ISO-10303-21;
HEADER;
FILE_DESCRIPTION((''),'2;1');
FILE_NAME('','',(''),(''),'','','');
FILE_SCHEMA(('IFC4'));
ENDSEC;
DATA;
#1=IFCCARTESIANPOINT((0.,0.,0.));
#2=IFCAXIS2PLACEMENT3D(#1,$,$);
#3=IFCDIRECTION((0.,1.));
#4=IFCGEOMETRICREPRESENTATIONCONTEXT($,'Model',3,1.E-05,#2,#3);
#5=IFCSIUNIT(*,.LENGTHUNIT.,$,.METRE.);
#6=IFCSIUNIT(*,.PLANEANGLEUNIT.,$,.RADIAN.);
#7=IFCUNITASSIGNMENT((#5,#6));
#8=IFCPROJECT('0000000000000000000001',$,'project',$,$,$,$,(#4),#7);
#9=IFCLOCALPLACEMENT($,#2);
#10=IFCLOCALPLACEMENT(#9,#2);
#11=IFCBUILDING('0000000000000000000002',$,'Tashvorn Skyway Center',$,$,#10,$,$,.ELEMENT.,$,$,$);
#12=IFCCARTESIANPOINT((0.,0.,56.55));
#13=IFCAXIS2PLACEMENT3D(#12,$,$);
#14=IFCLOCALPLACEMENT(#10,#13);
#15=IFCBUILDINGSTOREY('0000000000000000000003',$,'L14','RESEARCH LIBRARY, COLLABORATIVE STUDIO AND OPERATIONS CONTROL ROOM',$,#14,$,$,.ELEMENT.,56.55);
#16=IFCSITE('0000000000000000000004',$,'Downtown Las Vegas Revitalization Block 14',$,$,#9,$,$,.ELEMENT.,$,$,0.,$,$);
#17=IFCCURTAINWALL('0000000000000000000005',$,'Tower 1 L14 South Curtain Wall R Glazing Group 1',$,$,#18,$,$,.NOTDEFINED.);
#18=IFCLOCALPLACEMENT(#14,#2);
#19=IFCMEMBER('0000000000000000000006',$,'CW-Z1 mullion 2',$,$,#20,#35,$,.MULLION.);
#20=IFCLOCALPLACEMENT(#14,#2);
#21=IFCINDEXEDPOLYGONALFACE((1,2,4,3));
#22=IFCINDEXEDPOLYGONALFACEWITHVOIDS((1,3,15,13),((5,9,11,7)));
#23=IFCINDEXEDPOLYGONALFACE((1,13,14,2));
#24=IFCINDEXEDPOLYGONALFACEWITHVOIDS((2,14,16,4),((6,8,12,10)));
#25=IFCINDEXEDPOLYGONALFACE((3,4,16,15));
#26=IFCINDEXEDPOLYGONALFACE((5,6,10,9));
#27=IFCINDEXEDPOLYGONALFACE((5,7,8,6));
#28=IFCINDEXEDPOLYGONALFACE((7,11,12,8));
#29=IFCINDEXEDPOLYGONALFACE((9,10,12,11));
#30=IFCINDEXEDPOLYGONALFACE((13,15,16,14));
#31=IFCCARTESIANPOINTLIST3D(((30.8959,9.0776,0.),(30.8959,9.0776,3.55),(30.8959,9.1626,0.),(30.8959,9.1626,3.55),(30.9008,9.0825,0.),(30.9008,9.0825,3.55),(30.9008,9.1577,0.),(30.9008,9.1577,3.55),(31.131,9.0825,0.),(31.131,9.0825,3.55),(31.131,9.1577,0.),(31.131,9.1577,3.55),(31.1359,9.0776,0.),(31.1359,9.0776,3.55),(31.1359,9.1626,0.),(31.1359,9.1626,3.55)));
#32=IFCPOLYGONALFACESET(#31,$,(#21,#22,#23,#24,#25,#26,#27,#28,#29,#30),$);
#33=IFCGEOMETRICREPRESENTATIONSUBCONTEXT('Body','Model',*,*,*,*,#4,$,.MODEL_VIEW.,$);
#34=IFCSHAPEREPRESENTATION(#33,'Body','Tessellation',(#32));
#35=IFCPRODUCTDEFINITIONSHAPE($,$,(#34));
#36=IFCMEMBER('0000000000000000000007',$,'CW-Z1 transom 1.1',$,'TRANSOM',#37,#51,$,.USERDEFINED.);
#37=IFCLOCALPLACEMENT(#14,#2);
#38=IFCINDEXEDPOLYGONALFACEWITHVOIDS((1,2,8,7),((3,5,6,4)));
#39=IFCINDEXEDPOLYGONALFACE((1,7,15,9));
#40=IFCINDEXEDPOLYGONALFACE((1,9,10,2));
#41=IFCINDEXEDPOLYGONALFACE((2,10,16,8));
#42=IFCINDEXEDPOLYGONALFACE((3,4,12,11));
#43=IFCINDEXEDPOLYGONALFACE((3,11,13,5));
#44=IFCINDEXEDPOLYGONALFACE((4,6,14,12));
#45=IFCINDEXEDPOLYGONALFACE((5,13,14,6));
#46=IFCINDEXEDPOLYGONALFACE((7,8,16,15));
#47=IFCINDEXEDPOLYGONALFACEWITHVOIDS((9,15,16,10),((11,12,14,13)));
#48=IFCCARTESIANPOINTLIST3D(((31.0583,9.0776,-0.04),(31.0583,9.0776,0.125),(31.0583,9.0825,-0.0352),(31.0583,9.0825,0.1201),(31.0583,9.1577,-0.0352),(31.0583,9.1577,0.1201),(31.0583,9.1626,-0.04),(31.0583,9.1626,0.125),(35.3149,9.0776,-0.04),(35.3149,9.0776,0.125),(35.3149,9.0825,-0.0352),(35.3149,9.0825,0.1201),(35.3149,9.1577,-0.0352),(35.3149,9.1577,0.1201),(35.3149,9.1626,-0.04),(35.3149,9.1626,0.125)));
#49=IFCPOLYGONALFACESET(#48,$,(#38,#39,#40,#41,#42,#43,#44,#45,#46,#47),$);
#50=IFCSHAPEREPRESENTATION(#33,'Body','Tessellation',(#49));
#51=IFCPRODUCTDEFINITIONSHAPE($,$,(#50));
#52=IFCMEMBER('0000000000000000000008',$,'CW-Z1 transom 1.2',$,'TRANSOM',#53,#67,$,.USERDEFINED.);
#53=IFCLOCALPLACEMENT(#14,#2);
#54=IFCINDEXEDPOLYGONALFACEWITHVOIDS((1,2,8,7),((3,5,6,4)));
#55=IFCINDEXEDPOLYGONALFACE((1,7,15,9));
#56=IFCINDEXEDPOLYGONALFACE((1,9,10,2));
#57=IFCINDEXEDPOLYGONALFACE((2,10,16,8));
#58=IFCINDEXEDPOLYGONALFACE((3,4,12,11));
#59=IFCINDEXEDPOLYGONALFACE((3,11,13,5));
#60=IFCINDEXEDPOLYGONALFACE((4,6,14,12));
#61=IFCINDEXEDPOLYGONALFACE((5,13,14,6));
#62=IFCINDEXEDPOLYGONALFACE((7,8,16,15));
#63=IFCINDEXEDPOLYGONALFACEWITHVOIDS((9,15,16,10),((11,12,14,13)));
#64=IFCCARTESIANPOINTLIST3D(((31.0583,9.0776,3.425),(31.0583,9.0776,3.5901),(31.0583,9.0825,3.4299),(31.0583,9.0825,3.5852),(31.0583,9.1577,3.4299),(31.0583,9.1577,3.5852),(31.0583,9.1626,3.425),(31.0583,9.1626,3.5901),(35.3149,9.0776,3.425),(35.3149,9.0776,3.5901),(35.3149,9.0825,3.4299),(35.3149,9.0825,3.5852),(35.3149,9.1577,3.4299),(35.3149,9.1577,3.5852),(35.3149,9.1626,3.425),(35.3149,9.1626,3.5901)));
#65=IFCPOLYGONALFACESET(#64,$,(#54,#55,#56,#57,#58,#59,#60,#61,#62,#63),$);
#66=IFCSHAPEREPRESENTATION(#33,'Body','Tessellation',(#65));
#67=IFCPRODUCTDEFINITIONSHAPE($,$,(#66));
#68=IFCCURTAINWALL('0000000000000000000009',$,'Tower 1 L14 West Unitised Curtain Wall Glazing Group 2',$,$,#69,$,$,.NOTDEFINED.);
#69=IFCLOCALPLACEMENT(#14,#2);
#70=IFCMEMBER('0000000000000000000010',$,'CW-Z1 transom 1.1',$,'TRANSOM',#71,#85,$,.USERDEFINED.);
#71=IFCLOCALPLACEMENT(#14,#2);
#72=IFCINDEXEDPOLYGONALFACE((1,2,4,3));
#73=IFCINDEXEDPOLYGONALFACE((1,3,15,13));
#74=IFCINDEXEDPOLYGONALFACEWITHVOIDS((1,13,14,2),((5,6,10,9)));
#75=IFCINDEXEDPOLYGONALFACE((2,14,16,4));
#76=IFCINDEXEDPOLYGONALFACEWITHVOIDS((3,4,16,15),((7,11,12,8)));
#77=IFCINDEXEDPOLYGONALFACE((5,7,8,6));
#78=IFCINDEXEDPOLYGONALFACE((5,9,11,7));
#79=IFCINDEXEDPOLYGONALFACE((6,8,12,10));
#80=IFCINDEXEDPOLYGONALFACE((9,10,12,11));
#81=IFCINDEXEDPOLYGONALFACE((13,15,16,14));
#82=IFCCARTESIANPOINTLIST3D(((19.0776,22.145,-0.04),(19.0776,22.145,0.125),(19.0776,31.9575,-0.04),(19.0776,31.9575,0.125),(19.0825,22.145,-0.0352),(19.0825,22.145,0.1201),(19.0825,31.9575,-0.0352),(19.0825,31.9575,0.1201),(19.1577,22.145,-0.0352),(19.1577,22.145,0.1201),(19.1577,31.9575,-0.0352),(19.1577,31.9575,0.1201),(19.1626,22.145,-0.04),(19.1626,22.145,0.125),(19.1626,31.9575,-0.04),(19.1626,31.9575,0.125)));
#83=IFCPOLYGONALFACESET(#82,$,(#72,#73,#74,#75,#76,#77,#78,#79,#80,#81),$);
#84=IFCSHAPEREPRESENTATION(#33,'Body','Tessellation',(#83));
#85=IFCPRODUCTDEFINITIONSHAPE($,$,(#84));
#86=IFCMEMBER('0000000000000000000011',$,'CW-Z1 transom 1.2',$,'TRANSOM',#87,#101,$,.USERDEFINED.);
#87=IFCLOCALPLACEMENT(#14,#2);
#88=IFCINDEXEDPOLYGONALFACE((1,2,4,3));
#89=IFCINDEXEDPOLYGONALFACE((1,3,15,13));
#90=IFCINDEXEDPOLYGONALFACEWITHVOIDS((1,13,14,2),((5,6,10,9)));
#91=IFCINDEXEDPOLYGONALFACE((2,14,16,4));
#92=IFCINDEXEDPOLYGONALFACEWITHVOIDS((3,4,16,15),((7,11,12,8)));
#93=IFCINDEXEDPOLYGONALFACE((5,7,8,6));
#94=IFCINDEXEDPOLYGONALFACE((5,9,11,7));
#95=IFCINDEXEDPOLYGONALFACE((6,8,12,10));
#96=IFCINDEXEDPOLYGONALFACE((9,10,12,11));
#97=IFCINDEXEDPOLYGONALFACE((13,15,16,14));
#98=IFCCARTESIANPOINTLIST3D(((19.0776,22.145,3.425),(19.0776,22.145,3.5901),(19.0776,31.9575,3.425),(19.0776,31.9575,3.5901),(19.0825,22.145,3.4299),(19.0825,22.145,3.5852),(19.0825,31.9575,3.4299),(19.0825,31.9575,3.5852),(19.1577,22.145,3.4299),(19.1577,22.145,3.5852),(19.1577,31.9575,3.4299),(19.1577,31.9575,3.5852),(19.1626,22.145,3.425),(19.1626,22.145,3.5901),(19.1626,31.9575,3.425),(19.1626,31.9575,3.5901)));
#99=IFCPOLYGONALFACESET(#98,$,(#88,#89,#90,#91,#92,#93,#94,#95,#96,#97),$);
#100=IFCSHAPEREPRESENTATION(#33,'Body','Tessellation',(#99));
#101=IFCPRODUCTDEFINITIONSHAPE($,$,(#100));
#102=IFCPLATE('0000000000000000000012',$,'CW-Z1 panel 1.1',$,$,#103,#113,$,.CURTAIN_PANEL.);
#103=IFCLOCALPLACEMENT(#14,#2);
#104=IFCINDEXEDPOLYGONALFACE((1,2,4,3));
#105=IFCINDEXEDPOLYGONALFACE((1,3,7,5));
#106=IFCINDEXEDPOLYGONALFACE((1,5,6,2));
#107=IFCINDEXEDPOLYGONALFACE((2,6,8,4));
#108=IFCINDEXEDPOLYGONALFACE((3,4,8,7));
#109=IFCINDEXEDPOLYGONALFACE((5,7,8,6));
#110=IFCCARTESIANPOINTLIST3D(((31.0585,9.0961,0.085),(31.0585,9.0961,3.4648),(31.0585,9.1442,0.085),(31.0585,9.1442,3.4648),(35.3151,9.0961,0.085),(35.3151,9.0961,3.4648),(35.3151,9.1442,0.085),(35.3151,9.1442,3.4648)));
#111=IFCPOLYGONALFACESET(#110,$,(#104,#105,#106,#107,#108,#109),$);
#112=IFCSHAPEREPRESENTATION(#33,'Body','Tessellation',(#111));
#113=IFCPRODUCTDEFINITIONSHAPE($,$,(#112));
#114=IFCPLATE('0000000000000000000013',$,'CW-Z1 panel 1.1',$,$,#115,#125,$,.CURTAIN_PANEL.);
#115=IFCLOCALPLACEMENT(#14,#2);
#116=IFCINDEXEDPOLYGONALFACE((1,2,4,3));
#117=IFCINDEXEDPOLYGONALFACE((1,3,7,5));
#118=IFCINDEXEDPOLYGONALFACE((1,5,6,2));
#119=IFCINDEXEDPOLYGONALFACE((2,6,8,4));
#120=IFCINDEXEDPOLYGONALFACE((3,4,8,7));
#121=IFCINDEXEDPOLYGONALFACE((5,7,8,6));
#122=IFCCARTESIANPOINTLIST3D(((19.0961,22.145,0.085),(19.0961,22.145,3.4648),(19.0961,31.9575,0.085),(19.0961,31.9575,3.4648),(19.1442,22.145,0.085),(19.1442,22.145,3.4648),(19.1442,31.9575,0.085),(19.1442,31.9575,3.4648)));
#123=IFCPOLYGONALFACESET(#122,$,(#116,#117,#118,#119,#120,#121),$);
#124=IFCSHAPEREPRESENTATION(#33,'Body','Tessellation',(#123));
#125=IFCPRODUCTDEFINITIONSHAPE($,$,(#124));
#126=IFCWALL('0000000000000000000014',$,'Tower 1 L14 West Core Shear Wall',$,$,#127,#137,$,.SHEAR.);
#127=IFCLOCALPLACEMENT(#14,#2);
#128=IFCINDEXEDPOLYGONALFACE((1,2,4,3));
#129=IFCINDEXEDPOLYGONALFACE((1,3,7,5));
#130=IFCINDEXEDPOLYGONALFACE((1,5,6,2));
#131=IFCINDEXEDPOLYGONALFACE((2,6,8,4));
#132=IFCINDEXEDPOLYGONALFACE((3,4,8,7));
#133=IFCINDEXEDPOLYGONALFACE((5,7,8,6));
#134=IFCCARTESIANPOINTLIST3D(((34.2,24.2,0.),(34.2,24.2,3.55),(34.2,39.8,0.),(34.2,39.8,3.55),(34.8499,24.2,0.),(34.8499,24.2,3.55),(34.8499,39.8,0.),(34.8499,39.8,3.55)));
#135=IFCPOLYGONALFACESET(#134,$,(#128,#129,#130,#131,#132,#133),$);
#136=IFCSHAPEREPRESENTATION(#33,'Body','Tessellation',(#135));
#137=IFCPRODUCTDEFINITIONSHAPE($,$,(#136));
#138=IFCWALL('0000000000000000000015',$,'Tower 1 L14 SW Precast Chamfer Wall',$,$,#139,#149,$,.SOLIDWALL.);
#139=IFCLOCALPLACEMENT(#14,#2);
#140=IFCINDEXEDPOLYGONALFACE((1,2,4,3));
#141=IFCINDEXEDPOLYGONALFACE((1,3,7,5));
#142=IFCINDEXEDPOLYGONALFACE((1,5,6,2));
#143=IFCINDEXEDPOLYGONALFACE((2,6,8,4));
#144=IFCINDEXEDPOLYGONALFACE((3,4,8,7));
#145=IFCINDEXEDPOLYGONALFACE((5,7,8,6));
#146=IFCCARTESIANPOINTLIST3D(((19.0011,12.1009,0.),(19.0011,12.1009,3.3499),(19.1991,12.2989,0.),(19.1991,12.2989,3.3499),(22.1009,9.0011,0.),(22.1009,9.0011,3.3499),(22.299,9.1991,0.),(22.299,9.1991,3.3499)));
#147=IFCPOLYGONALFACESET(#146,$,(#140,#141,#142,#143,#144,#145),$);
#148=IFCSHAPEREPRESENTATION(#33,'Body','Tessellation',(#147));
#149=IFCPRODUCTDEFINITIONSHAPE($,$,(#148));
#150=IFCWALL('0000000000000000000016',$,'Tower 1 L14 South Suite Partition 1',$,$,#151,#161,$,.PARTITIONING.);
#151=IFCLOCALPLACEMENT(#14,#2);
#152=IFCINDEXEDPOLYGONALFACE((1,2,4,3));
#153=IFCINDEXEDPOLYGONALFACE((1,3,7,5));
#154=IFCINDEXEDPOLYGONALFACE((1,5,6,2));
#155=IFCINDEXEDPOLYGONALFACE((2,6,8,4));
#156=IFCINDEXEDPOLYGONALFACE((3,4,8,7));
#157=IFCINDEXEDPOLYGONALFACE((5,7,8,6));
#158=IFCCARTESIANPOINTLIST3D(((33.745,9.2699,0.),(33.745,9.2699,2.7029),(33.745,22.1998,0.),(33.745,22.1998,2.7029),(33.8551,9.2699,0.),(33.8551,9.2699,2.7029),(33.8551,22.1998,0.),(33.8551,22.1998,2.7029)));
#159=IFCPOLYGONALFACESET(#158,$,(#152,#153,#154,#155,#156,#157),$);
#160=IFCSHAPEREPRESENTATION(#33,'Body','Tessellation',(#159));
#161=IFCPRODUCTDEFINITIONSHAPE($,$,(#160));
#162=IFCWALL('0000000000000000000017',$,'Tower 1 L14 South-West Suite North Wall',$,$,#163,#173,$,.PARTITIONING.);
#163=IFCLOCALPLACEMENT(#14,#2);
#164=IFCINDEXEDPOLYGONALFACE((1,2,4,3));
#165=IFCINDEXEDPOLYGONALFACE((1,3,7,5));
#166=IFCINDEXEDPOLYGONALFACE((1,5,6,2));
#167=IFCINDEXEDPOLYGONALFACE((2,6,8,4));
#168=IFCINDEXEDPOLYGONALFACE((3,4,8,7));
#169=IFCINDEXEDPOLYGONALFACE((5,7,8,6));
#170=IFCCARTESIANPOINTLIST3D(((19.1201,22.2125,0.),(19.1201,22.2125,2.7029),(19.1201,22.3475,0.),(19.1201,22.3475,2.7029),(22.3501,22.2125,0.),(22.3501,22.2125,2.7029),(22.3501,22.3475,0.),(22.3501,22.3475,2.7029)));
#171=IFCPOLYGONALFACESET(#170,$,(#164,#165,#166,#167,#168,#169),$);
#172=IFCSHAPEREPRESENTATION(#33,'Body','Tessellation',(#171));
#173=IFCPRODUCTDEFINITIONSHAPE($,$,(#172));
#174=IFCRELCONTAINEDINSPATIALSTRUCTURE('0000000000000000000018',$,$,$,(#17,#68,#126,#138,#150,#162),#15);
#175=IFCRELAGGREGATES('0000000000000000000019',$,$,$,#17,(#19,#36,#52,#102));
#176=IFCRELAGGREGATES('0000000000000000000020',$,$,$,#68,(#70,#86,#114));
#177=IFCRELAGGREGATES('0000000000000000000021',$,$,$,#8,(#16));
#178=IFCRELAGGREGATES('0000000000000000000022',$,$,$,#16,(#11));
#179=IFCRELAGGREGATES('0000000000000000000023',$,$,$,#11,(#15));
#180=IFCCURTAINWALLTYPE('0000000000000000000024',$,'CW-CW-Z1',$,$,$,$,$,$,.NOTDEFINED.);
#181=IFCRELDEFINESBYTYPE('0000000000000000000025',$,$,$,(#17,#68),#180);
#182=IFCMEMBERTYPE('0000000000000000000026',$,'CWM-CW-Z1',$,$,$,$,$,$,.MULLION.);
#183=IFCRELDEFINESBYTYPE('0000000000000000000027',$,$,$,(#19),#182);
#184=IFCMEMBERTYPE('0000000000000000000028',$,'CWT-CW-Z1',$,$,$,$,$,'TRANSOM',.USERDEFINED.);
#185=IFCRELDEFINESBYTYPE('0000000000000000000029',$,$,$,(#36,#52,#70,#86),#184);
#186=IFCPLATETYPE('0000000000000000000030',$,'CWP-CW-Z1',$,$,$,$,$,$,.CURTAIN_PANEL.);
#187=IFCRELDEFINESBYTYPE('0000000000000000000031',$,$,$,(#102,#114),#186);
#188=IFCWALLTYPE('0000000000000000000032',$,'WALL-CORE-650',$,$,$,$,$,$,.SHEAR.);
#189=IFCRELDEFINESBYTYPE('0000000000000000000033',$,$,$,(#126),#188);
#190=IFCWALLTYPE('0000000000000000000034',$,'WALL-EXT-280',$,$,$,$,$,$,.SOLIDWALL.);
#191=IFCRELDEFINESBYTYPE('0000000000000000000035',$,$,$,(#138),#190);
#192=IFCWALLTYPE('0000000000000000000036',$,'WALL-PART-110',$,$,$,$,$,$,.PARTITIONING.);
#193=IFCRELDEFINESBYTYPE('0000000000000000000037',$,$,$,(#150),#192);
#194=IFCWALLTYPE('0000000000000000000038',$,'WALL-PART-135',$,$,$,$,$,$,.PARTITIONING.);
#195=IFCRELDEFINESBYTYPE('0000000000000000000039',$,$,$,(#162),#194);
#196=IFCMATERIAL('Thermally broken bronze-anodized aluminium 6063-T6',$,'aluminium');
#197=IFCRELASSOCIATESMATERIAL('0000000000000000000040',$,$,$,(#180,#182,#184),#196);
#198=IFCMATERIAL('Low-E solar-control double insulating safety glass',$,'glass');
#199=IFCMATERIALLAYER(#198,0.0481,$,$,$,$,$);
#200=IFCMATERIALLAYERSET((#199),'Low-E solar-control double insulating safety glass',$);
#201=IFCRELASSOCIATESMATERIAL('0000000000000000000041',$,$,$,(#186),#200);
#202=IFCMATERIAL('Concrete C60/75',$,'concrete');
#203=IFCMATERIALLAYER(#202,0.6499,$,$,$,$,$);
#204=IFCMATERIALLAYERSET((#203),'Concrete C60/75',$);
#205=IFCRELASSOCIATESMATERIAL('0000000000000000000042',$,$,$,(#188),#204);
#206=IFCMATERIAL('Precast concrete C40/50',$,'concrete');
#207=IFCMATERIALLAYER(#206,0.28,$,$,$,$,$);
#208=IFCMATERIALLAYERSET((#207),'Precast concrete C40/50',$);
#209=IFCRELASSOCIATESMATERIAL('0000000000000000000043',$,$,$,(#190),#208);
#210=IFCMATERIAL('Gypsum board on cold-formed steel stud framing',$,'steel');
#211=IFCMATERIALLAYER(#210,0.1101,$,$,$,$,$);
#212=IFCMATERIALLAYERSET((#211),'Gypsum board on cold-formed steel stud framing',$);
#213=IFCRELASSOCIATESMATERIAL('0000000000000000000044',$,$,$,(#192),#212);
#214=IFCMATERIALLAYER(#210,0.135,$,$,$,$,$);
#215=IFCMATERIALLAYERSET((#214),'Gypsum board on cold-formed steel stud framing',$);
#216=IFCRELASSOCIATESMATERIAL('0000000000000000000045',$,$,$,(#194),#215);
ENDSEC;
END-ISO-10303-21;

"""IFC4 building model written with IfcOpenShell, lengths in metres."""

from ifc_helpers import new_model, si_unit, direction, frame, frame_2d, origin, origin_2d, place, context, subcontext, project, spatial, rectangle, hollow_rectangle, extrude, material, layer, layer_set, material_profile, profile_set, type_object, element, aggregate, save


model = new_model("IFC4")

# Units and contexts
model_context = context("Model", 3, precision=1e-05, world=origin(), true_north=direction((0.0, 1.0)))
body_context = subcontext(model_context, "Body", "Model", "MODEL_VIEW")
ifc_project = project(units=[si_unit("LENGTHUNIT", "METRE"), si_unit("PLANEANGLEUNIT", "RADIAN")], contexts=[model_context])

# Site, building, storey
site_placement = place(None, origin())
site = spatial("IfcSite", under=ifc_project, at=site_placement, Name="Downtown Las Vegas Revitalization Block 14", CompositionType="ELEMENT", RefElevation=0.0)
building_placement = place(site_placement, origin())
building = spatial("IfcBuilding", under=site, at=building_placement, Name="Tashvorn Skyway Center", CompositionType="ELEMENT")
storey_placement = place(building_placement, frame((0.0, 0.0, 56.55)))
storey = spatial("IfcBuildingStorey", under=building, at=storey_placement, Name="L14", Description="RESEARCH LIBRARY, COLLABORATIVE STUDIO AND OPERATIONS CONTROL ROOM", CompositionType="ELEMENT", Elevation=56.55)

# Curtain walls, members
ifc_material_1 = material(Name="Thermally broken bronze-anodized aluminium 6063-T6", Category="aluminium")
curtain_wall_type = type_object("IfcCurtainWallType", Name="CW-CW-Z1", PredefinedType="NOTDEFINED", material=ifc_material_1)
curtain_wall_1_placement = place(storey_placement, origin())
curtain_wall_1 = element("IfcCurtainWall", 1, at=curtain_wall_1_placement, inside=storey, type_object=curtain_wall_type, Name="Tower 1 L14 South Curtain Wall R Glazing Group 1", PredefinedType="NOTDEFINED")
ifc_material_profile_1 = material_profile(ifc_material_1, hollow_rectangle(XDim=0.085, YDim=0.24, WallThickness=0.0049, at=origin_2d()), Name="ALU-MULL-85x240")
ifc_profile_set_1 = profile_set([ifc_material_profile_1], Name="Thermally broken bronze-anodized aluminium 6063-T6")
member_type_1 = type_object("IfcMemberType", Name="CWM-CW-Z1", PredefinedType="MULLION", material=ifc_profile_set_1)
member_1_placement = place(storey_placement, frame((31.0159, 9.1201, 0.0), z_axis=(0.0, 0.0, 1.0), x_axis=(0.0, -1.0, 0.0)))
member_1 = element("IfcMember", 2, at=member_1_placement, type_object=member_type_1, Name="CW-Z1 mullion 2", PredefinedType="MULLION", context=body_context, shape_type="SweptSolid", body=[
    extrude(hollow_rectangle(XDim=0.085, YDim=0.24, WallThickness=0.0049, at=origin_2d()), origin(), (0.0, 0.0, 1.0), 3.55),
])
ifc_material_profile_2 = material_profile(ifc_material_1, hollow_rectangle(XDim=0.085, YDim=0.165, WallThickness=0.0049, at=origin_2d()), Name="ALU-TRAN-85x165")
ifc_profile_set_2 = profile_set([ifc_material_profile_2], Name="Thermally broken bronze-anodized aluminium 6063-T6")
member_type_2 = type_object("IfcMemberType", Name="CWT-CW-Z1", ElementType="TRANSOM", PredefinedType="USERDEFINED", material=ifc_profile_set_2)
member_2_placement = place(storey_placement, frame((35.3149, 9.1201, 0.0425), z_axis=(-1.0, 0.0, 0.0), x_axis=(0.0, -1.0, 0.0)))
member_2 = element("IfcMember", 3, at=member_2_placement, type_object=member_type_2, Name="CW-Z1 transom 1.1", ObjectType="TRANSOM", PredefinedType="USERDEFINED", context=body_context, shape_type="SweptSolid", body=[
    extrude(hollow_rectangle(XDim=0.085, YDim=0.165, WallThickness=0.0049, at=origin_2d()), origin(), (0.0, 0.0, 1.0), 4.2566),
])
member_3_placement = place(storey_placement, frame((35.3149, 9.1201, 3.5076), z_axis=(-1.0, 0.0, 0.0), x_axis=(0.0, -1.0, 0.0)))
member_3 = element("IfcMember", 4, at=member_3_placement, type_object=member_type_2, Name="CW-Z1 transom 1.2", ObjectType="TRANSOM", PredefinedType="USERDEFINED", context=body_context, shape_type="SweptSolid", body=[
    extrude(hollow_rectangle(XDim=0.085, YDim=0.165, WallThickness=0.0049, at=origin_2d()), origin(), (0.0, 0.0, 1.0), 4.2566),
])
curtain_wall_2_placement = place(storey_placement, origin())
curtain_wall_2 = element("IfcCurtainWall", 5, at=curtain_wall_2_placement, inside=storey, type_object=curtain_wall_type, Name="Tower 1 L14 West Unitised Curtain Wall Glazing Group 2", PredefinedType="NOTDEFINED")
member_4_placement = place(storey_placement, frame((19.1201, 22.145, 0.0425), z_axis=(0.0, 1.0, 0.0), x_axis=(-1.0, 0.0, 0.0)))
member_4 = element("IfcMember", 6, at=member_4_placement, type_object=member_type_2, Name="CW-Z1 transom 1.1", ObjectType="TRANSOM", PredefinedType="USERDEFINED", context=body_context, shape_type="SweptSolid", body=[
    extrude(hollow_rectangle(XDim=0.085, YDim=0.165, WallThickness=0.0049, at=origin_2d()), origin(), (0.0, 0.0, 1.0), 9.8125),
])
member_5_placement = place(storey_placement, frame((19.1201, 22.145, 3.5076), z_axis=(0.0, 1.0, 0.0), x_axis=(-1.0, 0.0, 0.0)))
member_5 = element("IfcMember", 7, at=member_5_placement, type_object=member_type_2, Name="CW-Z1 transom 1.2", ObjectType="TRANSOM", PredefinedType="USERDEFINED", context=body_context, shape_type="SweptSolid", body=[
    extrude(hollow_rectangle(XDim=0.085, YDim=0.165, WallThickness=0.0049, at=origin_2d()), origin(), (0.0, 0.0, 1.0), 9.8125),
])

# Plates
ifc_material_2 = material(Name="Low-E solar-control double insulating safety glass", Category="glass")
ifc_layer_1 = layer(ifc_material_2, 0.0481)
ifc_layer_set_1 = layer_set([ifc_layer_1], Name="Low-E solar-control double insulating safety glass")
plate_type = type_object("IfcPlateType", Name="CWP-CW-Z1", PredefinedType="CURTAIN_PANEL", material=ifc_layer_set_1)
plate_1_placement = place(storey_placement, frame((33.1868, 9.1201, 0.085), z_axis=(0.0, 0.0, 1.0), x_axis=(-1.0, 0.0, 0.0)))
plate_1 = element("IfcPlate", 8, at=plate_1_placement, type_object=plate_type, Name="CW-Z1 panel 1.1", PredefinedType="CURTAIN_PANEL", context=body_context, shape_type="SweptSolid", body=[
    extrude(rectangle(XDim=4.2566, YDim=0.0481, at=origin_2d()), origin(), (0.0, 0.0, 1.0), 3.3799),
])
aggregate(curtain_wall_1, [member_1, member_2, member_3, plate_1])
plate_2_placement = place(storey_placement, frame((19.1201, 27.0513, 0.085), z_axis=(0.0, 0.0, 1.0), x_axis=(0.0, 1.0, 0.0)))
plate_2 = element("IfcPlate", 9, at=plate_2_placement, type_object=plate_type, Name="CW-Z1 panel 1.1", PredefinedType="CURTAIN_PANEL", context=body_context, shape_type="SweptSolid", body=[
    extrude(rectangle(XDim=9.8125, YDim=0.0481, at=origin_2d()), origin(), (0.0, 0.0, 1.0), 3.3799),
])
aggregate(curtain_wall_2, [member_4, member_5, plate_2])

# Walls
ifc_material_3 = material(Name="Concrete C60/75", Category="concrete")
ifc_layer_2 = layer(ifc_material_3, 0.6499)
ifc_layer_set_2 = layer_set([ifc_layer_2], Name="Concrete C60/75")
wall_type_1 = type_object("IfcWallType", Name="WALL-CORE-650", PredefinedType="SHEAR", material=ifc_layer_set_2)
wall_1_placement = place(storey_placement, frame((34.5249, 24.2, 0.0), z_axis=(0.0, 0.0, 1.0), x_axis=(0.0, 1.0, 0.0)))
element("IfcWall", 10, at=wall_1_placement, inside=storey, type_object=wall_type_1, Name="Tower 1 L14 West Core Shear Wall", PredefinedType="SHEAR", context=body_context, shape_type="SweptSolid", body=[
    extrude(rectangle(XDim=15.6001, YDim=0.6499, at=frame_2d((7.8, 0.0))), origin(), (0.0, 0.0, 1.0), 3.55),
])
ifc_material_4 = material(Name="Precast concrete C40/50", Category="concrete")
ifc_layer_3 = layer(ifc_material_4, 0.28)
ifc_layer_set_3 = layer_set([ifc_layer_3], Name="Precast concrete C40/50")
wall_type_2 = type_object("IfcWallType", Name="WALL-EXT-280", PredefinedType="SOLIDWALL", material=ifc_layer_set_3)
wall_2_placement = place(storey_placement, frame((22.2, 9.1001, 0.0), z_axis=(0.0, 0.0, 1.0), x_axis=(-0.707107, 0.707107, 0.0)))
element("IfcWall", 11, at=wall_2_placement, inside=storey, type_object=wall_type_2, Name="Tower 1 L14 SW Precast Chamfer Wall", PredefinedType="SOLIDWALL", context=body_context, shape_type="SweptSolid", body=[
    extrude(rectangle(XDim=4.3838, YDim=0.28, at=frame_2d((2.1919, 0.0))), origin(), (0.0, 0.0, 1.0), 3.3499),
])
ifc_material_5 = material(Name="Gypsum board on cold-formed steel stud framing", Category="steel")
ifc_layer_4 = layer(ifc_material_5, 0.1101)
ifc_layer_set_4 = layer_set([ifc_layer_4], Name="Gypsum board on cold-formed steel stud framing")
wall_type_3 = type_object("IfcWallType", Name="WALL-PART-110", PredefinedType="PARTITIONING", material=ifc_layer_set_4)
wall_3_placement = place(storey_placement, frame((33.8, 9.27, 0.0), z_axis=(0.0, 0.0, 1.0), x_axis=(0.0, 1.0, 0.0)))
element("IfcWall", 12, at=wall_3_placement, inside=storey, type_object=wall_type_3, Name="Tower 1 L14 South Suite Partition 1", PredefinedType="PARTITIONING", context=body_context, shape_type="SweptSolid", body=[
    extrude(rectangle(XDim=12.9299, YDim=0.1101, at=frame_2d((6.4648, 0.0))), origin(), (0.0, 0.0, 1.0), 2.7029),
])
ifc_layer_5 = layer(ifc_material_5, 0.135)
ifc_layer_set_5 = layer_set([ifc_layer_5], Name="Gypsum board on cold-formed steel stud framing")
wall_type_4 = type_object("IfcWallType", Name="WALL-PART-135", PredefinedType="PARTITIONING", material=ifc_layer_set_5)
wall_4_placement = place(storey_placement, frame((19.1201, 22.28, 0.0), z_axis=(0.0, 0.0, 1.0), x_axis=(1.0, 0.0, 0.0)))
element("IfcWall", 13, at=wall_4_placement, inside=storey, type_object=wall_type_4, Name="Tower 1 L14 South-West Suite North Wall", PredefinedType="PARTITIONING", context=body_context, shape_type="SweptSolid", body=[
    extrude(rectangle(XDim=3.23, YDim=0.135, at=frame_2d((1.615, 0.0))), origin(), (0.0, 0.0, 1.0), 2.7029),
])

save(model, "model.ifc")
